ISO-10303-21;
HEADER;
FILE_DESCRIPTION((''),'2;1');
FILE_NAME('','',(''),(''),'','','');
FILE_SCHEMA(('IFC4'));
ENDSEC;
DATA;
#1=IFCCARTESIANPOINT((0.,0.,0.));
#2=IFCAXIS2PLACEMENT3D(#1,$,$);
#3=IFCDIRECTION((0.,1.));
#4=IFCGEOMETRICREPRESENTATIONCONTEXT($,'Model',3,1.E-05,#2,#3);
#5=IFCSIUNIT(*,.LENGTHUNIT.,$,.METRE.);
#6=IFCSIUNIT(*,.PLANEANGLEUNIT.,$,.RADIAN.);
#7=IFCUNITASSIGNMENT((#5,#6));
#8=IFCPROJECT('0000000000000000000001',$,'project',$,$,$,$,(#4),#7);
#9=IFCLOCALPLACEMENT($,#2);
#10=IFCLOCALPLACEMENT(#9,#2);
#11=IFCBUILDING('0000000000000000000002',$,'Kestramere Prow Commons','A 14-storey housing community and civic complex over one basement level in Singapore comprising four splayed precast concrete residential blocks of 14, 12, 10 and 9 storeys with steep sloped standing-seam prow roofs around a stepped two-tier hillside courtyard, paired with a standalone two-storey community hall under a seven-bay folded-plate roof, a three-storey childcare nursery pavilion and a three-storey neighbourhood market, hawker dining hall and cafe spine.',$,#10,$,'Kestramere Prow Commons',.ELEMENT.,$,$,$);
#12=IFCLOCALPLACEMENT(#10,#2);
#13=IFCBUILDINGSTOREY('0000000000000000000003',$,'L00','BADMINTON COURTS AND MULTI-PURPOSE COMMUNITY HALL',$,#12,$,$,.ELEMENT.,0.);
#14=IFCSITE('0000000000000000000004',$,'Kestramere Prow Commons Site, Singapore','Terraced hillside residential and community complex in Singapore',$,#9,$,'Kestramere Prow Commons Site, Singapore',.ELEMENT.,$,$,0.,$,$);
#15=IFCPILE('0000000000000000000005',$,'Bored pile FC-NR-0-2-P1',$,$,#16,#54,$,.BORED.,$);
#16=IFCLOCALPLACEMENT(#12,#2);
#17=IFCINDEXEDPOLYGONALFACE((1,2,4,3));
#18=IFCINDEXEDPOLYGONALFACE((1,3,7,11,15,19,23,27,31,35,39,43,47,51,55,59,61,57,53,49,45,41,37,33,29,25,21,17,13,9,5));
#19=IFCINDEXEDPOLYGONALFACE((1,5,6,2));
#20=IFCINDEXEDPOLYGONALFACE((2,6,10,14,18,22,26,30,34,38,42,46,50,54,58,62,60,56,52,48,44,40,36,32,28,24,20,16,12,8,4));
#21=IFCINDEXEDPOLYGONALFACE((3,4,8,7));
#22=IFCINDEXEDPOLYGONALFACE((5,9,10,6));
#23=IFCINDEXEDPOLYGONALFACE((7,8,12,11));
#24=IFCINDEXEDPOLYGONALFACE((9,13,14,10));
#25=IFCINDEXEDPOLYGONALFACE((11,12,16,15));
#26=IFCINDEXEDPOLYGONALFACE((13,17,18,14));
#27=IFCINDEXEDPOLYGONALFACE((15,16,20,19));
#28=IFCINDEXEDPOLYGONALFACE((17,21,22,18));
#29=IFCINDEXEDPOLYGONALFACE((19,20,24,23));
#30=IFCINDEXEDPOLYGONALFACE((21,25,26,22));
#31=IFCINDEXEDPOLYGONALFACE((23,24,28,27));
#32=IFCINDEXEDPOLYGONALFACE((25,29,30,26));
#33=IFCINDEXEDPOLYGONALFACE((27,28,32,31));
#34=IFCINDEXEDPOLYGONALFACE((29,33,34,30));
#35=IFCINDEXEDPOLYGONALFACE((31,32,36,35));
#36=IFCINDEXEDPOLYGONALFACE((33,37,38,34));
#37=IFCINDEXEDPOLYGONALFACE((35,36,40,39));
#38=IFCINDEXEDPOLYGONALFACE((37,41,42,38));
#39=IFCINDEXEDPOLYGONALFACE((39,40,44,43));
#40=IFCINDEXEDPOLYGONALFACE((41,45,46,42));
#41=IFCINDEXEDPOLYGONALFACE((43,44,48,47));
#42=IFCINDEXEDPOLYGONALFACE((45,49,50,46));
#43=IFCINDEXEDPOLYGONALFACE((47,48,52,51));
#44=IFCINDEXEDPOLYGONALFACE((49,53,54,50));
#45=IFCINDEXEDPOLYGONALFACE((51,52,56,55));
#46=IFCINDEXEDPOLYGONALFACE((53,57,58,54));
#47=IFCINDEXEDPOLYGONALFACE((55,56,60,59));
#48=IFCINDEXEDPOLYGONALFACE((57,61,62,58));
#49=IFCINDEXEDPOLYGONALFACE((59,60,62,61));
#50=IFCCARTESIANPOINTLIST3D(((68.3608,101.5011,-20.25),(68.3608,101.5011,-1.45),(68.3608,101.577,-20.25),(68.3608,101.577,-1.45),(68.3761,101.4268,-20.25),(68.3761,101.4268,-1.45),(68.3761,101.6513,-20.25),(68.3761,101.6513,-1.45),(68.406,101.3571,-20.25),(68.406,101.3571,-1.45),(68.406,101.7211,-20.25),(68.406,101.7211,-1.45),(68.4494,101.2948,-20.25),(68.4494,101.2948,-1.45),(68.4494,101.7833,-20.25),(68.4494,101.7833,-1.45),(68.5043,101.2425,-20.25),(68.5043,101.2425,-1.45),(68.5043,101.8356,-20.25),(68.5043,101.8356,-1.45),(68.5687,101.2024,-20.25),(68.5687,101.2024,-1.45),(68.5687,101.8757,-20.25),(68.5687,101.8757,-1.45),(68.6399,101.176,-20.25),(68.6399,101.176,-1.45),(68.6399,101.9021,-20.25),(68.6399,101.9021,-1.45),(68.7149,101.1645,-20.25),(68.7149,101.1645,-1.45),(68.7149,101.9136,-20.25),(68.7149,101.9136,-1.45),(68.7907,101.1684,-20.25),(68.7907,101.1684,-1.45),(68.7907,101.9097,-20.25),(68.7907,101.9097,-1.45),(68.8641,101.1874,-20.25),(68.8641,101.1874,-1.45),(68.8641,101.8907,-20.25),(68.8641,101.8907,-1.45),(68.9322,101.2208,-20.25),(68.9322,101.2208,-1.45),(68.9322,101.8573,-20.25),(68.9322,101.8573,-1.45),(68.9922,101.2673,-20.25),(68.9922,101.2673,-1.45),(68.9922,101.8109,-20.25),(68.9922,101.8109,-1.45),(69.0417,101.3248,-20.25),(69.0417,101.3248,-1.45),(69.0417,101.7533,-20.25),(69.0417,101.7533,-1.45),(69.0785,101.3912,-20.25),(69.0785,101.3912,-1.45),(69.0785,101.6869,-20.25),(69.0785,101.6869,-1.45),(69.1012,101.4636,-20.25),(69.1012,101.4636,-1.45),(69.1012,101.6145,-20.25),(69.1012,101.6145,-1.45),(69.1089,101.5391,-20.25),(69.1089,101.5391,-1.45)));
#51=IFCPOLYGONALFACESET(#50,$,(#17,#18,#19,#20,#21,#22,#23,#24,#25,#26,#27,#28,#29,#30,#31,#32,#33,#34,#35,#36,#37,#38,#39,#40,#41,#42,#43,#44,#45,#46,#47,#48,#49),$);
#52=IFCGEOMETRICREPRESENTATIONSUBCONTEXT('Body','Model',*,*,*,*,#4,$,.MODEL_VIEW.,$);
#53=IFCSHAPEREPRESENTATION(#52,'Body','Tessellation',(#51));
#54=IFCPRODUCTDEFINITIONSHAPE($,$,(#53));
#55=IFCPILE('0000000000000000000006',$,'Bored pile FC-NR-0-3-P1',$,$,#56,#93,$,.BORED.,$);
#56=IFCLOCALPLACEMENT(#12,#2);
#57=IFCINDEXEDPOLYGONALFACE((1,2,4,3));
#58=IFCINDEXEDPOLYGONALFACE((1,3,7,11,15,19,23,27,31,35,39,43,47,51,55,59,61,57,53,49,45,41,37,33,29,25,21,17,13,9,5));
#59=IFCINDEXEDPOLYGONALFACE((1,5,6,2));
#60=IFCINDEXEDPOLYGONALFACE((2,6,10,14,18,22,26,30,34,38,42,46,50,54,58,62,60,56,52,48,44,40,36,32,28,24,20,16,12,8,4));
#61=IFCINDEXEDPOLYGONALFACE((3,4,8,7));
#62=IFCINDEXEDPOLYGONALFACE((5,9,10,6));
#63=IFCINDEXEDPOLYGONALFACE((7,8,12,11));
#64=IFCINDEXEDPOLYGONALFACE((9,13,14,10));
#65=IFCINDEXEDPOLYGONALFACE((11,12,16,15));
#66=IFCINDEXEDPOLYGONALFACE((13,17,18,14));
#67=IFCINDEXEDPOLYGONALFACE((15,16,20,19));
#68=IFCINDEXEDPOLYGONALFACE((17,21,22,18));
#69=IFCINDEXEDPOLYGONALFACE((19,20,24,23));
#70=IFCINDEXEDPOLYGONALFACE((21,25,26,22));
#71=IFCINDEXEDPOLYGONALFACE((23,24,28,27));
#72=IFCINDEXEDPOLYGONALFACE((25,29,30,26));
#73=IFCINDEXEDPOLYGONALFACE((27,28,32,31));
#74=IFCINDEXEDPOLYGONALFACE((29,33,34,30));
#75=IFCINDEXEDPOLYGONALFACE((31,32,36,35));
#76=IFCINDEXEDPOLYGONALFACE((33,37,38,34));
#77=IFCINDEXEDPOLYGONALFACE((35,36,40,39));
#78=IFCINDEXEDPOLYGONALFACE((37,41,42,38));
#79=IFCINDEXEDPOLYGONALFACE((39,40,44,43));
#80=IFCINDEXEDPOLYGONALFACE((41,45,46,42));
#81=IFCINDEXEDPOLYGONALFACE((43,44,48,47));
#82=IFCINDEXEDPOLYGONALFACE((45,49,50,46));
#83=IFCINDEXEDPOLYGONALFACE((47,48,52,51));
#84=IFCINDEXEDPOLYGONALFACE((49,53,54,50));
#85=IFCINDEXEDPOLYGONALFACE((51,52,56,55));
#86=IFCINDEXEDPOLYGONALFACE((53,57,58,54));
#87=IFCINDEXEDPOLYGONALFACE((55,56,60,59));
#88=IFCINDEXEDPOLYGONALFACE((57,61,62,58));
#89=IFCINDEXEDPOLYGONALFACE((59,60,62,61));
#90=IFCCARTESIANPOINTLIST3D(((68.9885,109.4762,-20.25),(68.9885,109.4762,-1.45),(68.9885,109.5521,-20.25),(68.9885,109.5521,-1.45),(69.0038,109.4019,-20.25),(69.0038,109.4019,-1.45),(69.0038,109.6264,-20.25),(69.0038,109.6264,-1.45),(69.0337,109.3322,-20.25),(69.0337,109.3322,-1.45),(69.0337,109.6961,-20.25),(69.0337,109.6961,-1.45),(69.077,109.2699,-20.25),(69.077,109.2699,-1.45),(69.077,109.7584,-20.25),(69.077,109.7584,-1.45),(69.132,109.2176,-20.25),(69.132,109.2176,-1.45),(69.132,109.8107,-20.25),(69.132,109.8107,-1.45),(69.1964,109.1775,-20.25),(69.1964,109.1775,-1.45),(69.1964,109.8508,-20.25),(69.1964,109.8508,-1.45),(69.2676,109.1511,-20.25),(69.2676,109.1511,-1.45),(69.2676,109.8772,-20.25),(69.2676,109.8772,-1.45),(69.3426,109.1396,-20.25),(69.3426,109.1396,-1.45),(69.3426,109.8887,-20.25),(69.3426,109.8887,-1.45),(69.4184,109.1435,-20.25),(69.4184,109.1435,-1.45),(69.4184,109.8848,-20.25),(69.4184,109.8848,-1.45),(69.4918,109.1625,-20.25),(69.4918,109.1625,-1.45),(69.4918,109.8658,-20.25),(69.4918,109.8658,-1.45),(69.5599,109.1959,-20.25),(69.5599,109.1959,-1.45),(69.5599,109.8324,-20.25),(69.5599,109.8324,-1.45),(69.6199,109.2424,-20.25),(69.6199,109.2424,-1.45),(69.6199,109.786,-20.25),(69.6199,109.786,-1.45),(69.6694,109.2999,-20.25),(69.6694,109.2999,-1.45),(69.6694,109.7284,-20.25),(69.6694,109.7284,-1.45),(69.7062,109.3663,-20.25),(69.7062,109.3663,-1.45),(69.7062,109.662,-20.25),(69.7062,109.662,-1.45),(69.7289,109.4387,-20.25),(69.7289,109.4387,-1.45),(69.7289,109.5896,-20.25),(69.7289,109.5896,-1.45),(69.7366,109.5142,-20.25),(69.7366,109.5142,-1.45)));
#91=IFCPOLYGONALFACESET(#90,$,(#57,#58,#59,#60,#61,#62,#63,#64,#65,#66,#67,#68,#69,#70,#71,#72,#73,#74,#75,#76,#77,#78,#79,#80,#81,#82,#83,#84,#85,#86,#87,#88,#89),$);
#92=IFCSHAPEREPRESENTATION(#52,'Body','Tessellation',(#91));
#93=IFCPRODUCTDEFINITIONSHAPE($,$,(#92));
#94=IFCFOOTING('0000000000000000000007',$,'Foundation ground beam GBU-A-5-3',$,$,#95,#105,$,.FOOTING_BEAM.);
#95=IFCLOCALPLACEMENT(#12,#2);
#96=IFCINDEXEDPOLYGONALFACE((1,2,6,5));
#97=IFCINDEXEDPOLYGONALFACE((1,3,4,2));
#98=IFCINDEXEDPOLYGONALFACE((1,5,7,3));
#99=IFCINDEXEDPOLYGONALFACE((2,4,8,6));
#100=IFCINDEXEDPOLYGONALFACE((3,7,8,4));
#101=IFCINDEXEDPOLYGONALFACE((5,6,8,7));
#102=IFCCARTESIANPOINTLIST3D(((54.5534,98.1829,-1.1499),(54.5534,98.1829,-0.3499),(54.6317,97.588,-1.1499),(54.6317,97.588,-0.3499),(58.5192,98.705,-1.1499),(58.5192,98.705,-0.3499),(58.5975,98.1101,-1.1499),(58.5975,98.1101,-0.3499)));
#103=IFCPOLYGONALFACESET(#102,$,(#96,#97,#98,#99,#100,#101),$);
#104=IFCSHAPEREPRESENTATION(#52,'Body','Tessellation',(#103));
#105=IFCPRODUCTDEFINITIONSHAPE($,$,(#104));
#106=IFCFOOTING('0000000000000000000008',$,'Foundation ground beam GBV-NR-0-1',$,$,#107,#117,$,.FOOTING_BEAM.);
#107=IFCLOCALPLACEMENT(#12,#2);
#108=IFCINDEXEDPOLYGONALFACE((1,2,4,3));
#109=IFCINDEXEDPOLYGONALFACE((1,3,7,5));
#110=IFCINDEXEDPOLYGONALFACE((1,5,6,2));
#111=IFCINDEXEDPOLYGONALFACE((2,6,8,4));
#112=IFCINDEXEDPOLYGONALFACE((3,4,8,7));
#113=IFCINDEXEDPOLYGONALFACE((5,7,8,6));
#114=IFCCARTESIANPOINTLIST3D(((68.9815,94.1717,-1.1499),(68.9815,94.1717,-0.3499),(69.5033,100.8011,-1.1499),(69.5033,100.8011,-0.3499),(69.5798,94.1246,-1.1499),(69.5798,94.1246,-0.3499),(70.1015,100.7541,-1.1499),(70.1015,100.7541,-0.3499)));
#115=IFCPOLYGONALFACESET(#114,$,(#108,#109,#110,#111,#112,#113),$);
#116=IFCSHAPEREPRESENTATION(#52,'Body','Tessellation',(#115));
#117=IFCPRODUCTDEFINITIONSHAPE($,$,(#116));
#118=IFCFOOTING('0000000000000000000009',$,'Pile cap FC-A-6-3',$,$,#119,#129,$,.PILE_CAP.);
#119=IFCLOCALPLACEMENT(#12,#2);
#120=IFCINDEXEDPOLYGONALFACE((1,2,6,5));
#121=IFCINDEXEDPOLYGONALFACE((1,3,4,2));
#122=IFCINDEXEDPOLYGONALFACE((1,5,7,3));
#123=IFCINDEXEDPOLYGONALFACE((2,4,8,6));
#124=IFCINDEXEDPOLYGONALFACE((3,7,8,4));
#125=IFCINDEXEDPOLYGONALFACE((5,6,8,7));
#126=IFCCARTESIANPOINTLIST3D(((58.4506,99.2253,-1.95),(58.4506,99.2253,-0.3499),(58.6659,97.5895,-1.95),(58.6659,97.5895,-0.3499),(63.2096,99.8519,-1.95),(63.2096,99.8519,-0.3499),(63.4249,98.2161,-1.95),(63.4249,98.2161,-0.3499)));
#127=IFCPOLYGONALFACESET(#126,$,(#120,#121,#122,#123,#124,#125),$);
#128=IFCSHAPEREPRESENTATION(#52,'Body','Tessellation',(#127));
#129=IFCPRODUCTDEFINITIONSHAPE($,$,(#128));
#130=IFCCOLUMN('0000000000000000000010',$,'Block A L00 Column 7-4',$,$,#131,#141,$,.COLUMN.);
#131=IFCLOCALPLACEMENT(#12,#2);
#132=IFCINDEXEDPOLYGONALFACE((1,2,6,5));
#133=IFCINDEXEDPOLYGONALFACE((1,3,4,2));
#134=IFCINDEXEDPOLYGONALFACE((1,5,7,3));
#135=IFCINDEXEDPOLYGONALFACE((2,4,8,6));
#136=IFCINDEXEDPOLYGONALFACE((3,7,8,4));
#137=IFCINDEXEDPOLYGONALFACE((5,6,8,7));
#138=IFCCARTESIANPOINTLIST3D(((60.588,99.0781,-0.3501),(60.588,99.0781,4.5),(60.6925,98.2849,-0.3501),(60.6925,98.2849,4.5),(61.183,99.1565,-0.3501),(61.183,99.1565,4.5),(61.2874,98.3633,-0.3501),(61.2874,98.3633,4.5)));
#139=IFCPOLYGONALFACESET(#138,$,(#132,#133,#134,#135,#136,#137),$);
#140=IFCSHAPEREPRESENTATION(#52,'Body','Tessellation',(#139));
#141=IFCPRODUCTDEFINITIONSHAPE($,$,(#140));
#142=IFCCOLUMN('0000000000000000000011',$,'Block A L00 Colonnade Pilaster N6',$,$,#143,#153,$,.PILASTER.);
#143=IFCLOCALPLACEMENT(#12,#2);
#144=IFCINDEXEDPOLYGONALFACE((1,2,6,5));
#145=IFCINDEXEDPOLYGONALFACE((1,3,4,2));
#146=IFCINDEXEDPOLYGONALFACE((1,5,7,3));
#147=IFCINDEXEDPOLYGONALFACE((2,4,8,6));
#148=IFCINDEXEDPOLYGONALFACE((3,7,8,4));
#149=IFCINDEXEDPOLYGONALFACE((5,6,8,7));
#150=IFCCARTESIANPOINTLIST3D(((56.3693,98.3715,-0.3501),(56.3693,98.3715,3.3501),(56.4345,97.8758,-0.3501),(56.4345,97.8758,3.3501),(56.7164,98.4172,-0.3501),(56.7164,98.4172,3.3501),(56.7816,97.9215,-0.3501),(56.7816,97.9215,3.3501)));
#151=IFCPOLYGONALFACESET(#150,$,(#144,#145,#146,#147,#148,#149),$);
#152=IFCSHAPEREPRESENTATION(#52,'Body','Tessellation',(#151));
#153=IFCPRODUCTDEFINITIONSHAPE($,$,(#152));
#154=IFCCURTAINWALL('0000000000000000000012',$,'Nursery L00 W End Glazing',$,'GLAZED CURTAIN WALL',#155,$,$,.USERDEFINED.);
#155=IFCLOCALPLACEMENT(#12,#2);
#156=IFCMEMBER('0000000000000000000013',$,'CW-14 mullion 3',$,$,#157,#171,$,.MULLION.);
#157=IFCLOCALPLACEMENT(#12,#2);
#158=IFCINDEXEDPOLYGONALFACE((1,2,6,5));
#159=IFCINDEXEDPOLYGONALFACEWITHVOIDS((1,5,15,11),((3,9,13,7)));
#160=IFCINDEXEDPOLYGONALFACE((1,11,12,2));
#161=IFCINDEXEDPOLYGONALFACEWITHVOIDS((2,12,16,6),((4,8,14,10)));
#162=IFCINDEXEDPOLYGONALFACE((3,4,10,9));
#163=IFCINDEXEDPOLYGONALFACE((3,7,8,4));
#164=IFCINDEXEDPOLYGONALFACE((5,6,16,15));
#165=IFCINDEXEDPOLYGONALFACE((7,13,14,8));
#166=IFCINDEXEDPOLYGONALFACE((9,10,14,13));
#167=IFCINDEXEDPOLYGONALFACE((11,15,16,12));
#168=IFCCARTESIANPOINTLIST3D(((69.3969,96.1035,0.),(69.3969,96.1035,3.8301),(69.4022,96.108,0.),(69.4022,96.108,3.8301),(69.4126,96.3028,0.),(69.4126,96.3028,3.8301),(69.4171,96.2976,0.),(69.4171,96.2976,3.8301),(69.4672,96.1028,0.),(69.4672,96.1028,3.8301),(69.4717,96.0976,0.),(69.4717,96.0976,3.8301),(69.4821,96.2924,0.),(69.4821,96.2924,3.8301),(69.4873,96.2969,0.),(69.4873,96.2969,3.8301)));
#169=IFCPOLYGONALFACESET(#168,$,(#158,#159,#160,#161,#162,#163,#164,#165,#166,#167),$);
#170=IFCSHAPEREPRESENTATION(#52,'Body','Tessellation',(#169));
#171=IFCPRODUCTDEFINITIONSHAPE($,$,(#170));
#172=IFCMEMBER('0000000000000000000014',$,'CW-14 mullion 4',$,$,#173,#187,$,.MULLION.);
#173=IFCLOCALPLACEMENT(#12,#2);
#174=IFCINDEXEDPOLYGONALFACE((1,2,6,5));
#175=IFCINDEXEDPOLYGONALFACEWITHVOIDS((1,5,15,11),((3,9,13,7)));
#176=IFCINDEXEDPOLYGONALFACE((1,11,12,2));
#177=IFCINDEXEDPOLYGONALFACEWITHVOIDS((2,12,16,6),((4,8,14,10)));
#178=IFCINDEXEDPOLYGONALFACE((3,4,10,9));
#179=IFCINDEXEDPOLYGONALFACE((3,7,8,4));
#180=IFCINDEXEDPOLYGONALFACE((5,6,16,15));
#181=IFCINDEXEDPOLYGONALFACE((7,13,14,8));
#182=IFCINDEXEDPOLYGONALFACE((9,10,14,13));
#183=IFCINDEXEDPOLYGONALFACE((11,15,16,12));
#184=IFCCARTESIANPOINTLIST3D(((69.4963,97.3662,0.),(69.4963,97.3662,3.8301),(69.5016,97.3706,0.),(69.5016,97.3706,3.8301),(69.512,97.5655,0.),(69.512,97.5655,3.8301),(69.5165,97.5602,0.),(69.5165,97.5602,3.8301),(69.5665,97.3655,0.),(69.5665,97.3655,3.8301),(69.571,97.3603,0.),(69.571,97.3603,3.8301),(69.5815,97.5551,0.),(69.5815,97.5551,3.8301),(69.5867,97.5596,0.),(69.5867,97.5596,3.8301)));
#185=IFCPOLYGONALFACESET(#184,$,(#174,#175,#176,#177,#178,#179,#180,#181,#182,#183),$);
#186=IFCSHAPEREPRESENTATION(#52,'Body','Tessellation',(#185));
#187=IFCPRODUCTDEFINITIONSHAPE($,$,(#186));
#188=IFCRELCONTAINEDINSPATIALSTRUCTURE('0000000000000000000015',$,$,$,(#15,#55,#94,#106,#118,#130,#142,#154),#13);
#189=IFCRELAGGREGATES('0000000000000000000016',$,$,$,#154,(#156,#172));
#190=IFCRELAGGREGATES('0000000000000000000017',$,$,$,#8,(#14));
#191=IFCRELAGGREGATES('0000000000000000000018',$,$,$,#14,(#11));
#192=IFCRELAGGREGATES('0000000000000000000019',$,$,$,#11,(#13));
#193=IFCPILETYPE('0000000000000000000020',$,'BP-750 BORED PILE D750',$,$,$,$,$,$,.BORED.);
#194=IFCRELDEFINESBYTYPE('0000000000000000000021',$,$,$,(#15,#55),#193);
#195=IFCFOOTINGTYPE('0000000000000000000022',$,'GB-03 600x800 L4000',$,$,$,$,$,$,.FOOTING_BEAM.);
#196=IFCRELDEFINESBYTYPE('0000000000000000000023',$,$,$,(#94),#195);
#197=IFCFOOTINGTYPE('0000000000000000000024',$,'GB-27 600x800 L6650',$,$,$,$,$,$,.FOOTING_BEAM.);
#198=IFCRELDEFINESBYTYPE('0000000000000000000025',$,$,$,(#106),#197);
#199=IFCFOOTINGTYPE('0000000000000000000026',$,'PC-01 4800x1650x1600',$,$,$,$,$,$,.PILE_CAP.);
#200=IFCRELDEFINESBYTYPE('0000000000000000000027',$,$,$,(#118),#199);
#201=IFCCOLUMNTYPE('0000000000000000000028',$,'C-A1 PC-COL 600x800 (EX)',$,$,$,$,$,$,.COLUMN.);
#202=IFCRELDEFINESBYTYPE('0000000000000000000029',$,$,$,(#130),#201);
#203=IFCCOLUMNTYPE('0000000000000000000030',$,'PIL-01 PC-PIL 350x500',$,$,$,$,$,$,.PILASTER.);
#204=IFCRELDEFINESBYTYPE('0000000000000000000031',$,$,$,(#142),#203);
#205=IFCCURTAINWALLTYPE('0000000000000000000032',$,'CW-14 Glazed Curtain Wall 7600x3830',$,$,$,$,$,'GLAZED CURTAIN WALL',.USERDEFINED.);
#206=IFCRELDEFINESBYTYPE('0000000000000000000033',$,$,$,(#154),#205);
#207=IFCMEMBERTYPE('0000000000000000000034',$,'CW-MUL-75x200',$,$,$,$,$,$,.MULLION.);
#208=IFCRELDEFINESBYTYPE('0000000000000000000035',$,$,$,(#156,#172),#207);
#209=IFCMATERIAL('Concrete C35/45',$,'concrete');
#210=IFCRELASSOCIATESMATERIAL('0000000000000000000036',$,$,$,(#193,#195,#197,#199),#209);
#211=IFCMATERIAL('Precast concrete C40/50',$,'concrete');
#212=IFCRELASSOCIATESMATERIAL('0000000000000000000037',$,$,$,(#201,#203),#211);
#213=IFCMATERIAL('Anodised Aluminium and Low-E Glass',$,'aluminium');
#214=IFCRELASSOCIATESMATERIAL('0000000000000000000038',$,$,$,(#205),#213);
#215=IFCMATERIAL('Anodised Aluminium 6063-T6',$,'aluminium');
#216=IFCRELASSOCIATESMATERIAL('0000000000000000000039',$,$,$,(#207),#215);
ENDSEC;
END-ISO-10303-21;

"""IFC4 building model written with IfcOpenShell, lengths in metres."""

from ifc_helpers import new_model, si_unit, direction, frame, origin, origin_2d, place, context, subcontext, project, spatial, rectangle, hollow_rectangle, circle, extrude, material, material_profile, profile_set, type_object, element, aggregate, save


model = new_model("IFC4")

# Units and contexts
model_context = context("Model", 3, precision=1e-05, world=origin(), true_north=direction((0.0, 1.0)))
body_context = subcontext(model_context, "Body", "Model", "MODEL_VIEW")
ifc_project = project(units=[si_unit("LENGTHUNIT", "METRE"), si_unit("PLANEANGLEUNIT", "RADIAN")], contexts=[model_context])

# Site, building, storey
site_placement = place(None, origin())
site = spatial("IfcSite", under=ifc_project, at=site_placement, Name="Kestramere Prow Commons Site, Singapore", Description="Terraced hillside residential and community complex in Singapore", LongName="Kestramere Prow Commons Site, Singapore", CompositionType="ELEMENT", RefElevation=0.0)
building_placement = place(site_placement, origin())
building = spatial("IfcBuilding", under=site, at=building_placement, Name="Kestramere Prow Commons", Description="A 14-storey housing community and civic complex over one basement level in Singapore comprising four splayed precast concrete residential blocks of 14, 12, 10 and 9 storeys with steep sloped standing-seam prow roofs around a stepped two-tier hillside courtyard, paired with a standalone two-storey community hall under a seven-bay folded-plate roof, a three-storey childcare nursery pavilion and a three-storey neighbourhood market, hawker dining hall and cafe spine.", LongName="Kestramere Prow Commons", CompositionType="ELEMENT")
storey_placement = place(building_placement, origin())
storey = spatial("IfcBuildingStorey", under=building, at=storey_placement, Name="L00", Description="BADMINTON COURTS AND MULTI-PURPOSE COMMUNITY HALL", CompositionType="ELEMENT", Elevation=0.0)

# Piles
ifc_material_1 = material(Name="Concrete C35/45", Category="concrete")
ifc_material_profile_1 = material_profile(ifc_material_1, circle(Radius=0.375, at=origin_2d()), Name="BORED PILE D750")
ifc_profile_set_1 = profile_set([ifc_material_profile_1], Name="Concrete C35/45")
pile_type_1 = type_object("IfcPileType", Name="BP-750 BORED PILE D750", PredefinedType="BORED", material=ifc_profile_set_1)
for number, where, z_axis, x_axis, name in (
    (1, (68.7339, 101.5391, -1.45), (0.0, 0.0, -1.0), (1.0, 0.0, 0.0), "Bored pile FC-NR-0-2-P1"),
    (2, (69.3616, 109.5142, -1.45), (0.0, 0.0, -1.0), (1.0, 0.0, 0.0), "Bored pile FC-NR-0-3-P1"),
):
    element("IfcPile", number, at=place(storey_placement, frame(where, z_axis=z_axis, x_axis=x_axis)), inside=storey, type_object=pile_type_1, Name=name, PredefinedType="BORED", context=body_context, shape_type="SweptSolid", body=[
        extrude(circle(Radius=0.375, at=origin_2d()), origin(), (0.0, 0.0, 1.0), 18.8),
    ])

# Footings
footing_type_1 = type_object("IfcFootingType", Name="GB-03 600x800 L4000", PredefinedType="FOOTING_BEAM", material=ifc_material_1)
footing_1_placement = place(storey_placement, frame((56.5754, 98.1465, -1.1499), z_axis=(0.0, 0.0, 1.0), x_axis=(0.991445, 0.130526, 0.0)))
element("IfcFooting", 3, at=footing_1_placement, inside=storey, type_object=footing_type_1, Name="Foundation ground beam GBU-A-5-3", PredefinedType="FOOTING_BEAM", context=body_context, shape_type="SweptSolid", body=[
    extrude(rectangle(XDim=4.0, YDim=0.6001, at=origin_2d()), origin(), (0.0, 0.0, 1.0), 0.8),
])
footing_type_2 = type_object("IfcFootingType", Name="GB-27 600x800 L6650", PredefinedType="FOOTING_BEAM", material=ifc_material_1)
footing_2_placement = place(storey_placement, frame((69.5415, 97.4629, -1.1499), z_axis=(0.0, 0.0, 1.0), x_axis=(0.078459, 0.996917, 0.0)))
element("IfcFooting", 4, at=footing_2_placement, inside=storey, type_object=footing_type_2, Name="Foundation ground beam GBV-NR-0-1", PredefinedType="FOOTING_BEAM", context=body_context, shape_type="SweptSolid", body=[
    extrude(rectangle(XDim=6.6499, YDim=0.6001, at=origin_2d()), origin(), (0.0, 0.0, 1.0), 0.8),
])
footing_type_3 = type_object("IfcFootingType", Name="PC-01 4800x1650x1600", PredefinedType="PILE_CAP", material=ifc_material_1)
footing_3_placement = place(storey_placement, frame((60.9377, 98.7207, -1.95), z_axis=(0.0, 0.0, 1.0), x_axis=(0.991445, 0.130526, 0.0)))
element("IfcFooting", 5, at=footing_3_placement, inside=storey, type_object=footing_type_3, Name="Pile cap FC-A-6-3", PredefinedType="PILE_CAP", context=body_context, shape_type="SweptSolid", body=[
    extrude(rectangle(XDim=4.8, YDim=1.6499, at=origin_2d()), origin(), (0.0, 0.0, 1.0), 1.6001),
])

# Columns
ifc_material_2 = material(Name="Precast concrete C40/50", Category="concrete")
ifc_material_profile_2 = material_profile(ifc_material_2, rectangle(XDim=0.6001, YDim=0.8, at=origin_2d()), Name="PC-COL 600x800")
ifc_profile_set_2 = profile_set([ifc_material_profile_2], Name="Precast concrete C40/50")
column_type_1 = type_object("IfcColumnType", Name="C-A1 PC-COL 600x800 (EX)", PredefinedType="COLUMN", material=ifc_profile_set_2)
column_1_placement = place(storey_placement, frame((60.9377, 98.7207, -0.3501), z_axis=(0.0, 0.0, 1.0), x_axis=(0.991445, 0.130526, 0.0)))
element("IfcColumn", 6, at=column_1_placement, inside=storey, type_object=column_type_1, Name="Block A L00 Column 7-4", PredefinedType="COLUMN", context=body_context, shape_type="SweptSolid", body=[
    extrude(rectangle(XDim=0.6001, YDim=0.8, at=origin_2d()), origin(), (0.0, 0.0, 1.0), 4.8501),
])
ifc_material_profile_3 = material_profile(ifc_material_2, rectangle(XDim=0.3501, YDim=0.5, at=origin_2d()), Name="PC-PIL 350x500")
ifc_profile_set_3 = profile_set([ifc_material_profile_3], Name="Precast concrete C40/50")
column_type_2 = type_object("IfcColumnType", Name="PIL-01 PC-PIL 350x500", PredefinedType="PILASTER", material=ifc_profile_set_3)
column_2_placement = place(storey_placement, frame((56.5754, 98.1465, -0.3501), z_axis=(0.0, 0.0, 1.0), x_axis=(0.991445, 0.130526, 0.0)))
element("IfcColumn", 7, at=column_2_placement, inside=storey, type_object=column_type_2, Name="Block A L00 Colonnade Pilaster N6", PredefinedType="PILASTER", context=body_context, shape_type="SweptSolid", body=[
    extrude(rectangle(XDim=0.3501, YDim=0.5, at=origin_2d()), origin(), (0.0, 0.0, 1.0), 3.7002),
])

# Curtain wall, members
ifc_material_3 = material(Name="Anodised Aluminium and Low-E Glass", Category="aluminium")
curtain_wall_type = type_object("IfcCurtainWallType", Name="CW-14 Glazed Curtain Wall 7600x3830", ElementType="GLAZED CURTAIN WALL", PredefinedType="USERDEFINED", material=ifc_material_3)
curtain_wall_placement = place(storey_placement, origin())
curtain_wall = element("IfcCurtainWall", 8, at=curtain_wall_placement, inside=storey, type_object=curtain_wall_type, Name="Nursery L00 W End Glazing", ObjectType="GLAZED CURTAIN WALL", PredefinedType="USERDEFINED")
ifc_material_4 = material(Name="Anodised Aluminium 6063-T6", Category="aluminium")
ifc_material_profile_4 = material_profile(ifc_material_4, hollow_rectangle(XDim=0.075, YDim=0.2, WallThickness=0.0049, at=origin_2d()), Name="ALU-MUL 75x200")
ifc_profile_set_4 = profile_set([ifc_material_profile_4], Name="Anodised Aluminium 6063-T6")
member_type_1 = type_object("IfcMemberType", Name="CW-MUL-75x200", PredefinedType="MULLION", material=ifc_profile_set_4)
member_1_placement = place(storey_placement, frame((69.4421, 96.2002, 0.0), z_axis=(0.0, 0.0, 1.0), x_axis=(-0.996917, 0.078459, 0.0)))
member_1 = element("IfcMember", 9, at=member_1_placement, type_object=member_type_1, Name="CW-14 mullion 3", PredefinedType="MULLION", context=body_context, shape_type="SweptSolid", body=[
    extrude(hollow_rectangle(XDim=0.075, YDim=0.2, WallThickness=0.0049, at=origin_2d()), origin(), (0.0, 0.0, 1.0), 3.8301),
])
member_2_placement = place(storey_placement, frame((69.5415, 97.4629, 0.0), z_axis=(0.0, 0.0, 1.0), x_axis=(-0.996917, 0.078459, 0.0)))
member_2 = element("IfcMember", 10, at=member_2_placement, type_object=member_type_1, Name="CW-14 mullion 4", PredefinedType="MULLION", context=body_context, shape_type="SweptSolid", body=[
    extrude(hollow_rectangle(XDim=0.075, YDim=0.2, WallThickness=0.0049, at=origin_2d()), origin(), (0.0, 0.0, 1.0), 3.8301),
])
aggregate(curtain_wall, [member_1, member_2])

save(model, "model.ifc")
